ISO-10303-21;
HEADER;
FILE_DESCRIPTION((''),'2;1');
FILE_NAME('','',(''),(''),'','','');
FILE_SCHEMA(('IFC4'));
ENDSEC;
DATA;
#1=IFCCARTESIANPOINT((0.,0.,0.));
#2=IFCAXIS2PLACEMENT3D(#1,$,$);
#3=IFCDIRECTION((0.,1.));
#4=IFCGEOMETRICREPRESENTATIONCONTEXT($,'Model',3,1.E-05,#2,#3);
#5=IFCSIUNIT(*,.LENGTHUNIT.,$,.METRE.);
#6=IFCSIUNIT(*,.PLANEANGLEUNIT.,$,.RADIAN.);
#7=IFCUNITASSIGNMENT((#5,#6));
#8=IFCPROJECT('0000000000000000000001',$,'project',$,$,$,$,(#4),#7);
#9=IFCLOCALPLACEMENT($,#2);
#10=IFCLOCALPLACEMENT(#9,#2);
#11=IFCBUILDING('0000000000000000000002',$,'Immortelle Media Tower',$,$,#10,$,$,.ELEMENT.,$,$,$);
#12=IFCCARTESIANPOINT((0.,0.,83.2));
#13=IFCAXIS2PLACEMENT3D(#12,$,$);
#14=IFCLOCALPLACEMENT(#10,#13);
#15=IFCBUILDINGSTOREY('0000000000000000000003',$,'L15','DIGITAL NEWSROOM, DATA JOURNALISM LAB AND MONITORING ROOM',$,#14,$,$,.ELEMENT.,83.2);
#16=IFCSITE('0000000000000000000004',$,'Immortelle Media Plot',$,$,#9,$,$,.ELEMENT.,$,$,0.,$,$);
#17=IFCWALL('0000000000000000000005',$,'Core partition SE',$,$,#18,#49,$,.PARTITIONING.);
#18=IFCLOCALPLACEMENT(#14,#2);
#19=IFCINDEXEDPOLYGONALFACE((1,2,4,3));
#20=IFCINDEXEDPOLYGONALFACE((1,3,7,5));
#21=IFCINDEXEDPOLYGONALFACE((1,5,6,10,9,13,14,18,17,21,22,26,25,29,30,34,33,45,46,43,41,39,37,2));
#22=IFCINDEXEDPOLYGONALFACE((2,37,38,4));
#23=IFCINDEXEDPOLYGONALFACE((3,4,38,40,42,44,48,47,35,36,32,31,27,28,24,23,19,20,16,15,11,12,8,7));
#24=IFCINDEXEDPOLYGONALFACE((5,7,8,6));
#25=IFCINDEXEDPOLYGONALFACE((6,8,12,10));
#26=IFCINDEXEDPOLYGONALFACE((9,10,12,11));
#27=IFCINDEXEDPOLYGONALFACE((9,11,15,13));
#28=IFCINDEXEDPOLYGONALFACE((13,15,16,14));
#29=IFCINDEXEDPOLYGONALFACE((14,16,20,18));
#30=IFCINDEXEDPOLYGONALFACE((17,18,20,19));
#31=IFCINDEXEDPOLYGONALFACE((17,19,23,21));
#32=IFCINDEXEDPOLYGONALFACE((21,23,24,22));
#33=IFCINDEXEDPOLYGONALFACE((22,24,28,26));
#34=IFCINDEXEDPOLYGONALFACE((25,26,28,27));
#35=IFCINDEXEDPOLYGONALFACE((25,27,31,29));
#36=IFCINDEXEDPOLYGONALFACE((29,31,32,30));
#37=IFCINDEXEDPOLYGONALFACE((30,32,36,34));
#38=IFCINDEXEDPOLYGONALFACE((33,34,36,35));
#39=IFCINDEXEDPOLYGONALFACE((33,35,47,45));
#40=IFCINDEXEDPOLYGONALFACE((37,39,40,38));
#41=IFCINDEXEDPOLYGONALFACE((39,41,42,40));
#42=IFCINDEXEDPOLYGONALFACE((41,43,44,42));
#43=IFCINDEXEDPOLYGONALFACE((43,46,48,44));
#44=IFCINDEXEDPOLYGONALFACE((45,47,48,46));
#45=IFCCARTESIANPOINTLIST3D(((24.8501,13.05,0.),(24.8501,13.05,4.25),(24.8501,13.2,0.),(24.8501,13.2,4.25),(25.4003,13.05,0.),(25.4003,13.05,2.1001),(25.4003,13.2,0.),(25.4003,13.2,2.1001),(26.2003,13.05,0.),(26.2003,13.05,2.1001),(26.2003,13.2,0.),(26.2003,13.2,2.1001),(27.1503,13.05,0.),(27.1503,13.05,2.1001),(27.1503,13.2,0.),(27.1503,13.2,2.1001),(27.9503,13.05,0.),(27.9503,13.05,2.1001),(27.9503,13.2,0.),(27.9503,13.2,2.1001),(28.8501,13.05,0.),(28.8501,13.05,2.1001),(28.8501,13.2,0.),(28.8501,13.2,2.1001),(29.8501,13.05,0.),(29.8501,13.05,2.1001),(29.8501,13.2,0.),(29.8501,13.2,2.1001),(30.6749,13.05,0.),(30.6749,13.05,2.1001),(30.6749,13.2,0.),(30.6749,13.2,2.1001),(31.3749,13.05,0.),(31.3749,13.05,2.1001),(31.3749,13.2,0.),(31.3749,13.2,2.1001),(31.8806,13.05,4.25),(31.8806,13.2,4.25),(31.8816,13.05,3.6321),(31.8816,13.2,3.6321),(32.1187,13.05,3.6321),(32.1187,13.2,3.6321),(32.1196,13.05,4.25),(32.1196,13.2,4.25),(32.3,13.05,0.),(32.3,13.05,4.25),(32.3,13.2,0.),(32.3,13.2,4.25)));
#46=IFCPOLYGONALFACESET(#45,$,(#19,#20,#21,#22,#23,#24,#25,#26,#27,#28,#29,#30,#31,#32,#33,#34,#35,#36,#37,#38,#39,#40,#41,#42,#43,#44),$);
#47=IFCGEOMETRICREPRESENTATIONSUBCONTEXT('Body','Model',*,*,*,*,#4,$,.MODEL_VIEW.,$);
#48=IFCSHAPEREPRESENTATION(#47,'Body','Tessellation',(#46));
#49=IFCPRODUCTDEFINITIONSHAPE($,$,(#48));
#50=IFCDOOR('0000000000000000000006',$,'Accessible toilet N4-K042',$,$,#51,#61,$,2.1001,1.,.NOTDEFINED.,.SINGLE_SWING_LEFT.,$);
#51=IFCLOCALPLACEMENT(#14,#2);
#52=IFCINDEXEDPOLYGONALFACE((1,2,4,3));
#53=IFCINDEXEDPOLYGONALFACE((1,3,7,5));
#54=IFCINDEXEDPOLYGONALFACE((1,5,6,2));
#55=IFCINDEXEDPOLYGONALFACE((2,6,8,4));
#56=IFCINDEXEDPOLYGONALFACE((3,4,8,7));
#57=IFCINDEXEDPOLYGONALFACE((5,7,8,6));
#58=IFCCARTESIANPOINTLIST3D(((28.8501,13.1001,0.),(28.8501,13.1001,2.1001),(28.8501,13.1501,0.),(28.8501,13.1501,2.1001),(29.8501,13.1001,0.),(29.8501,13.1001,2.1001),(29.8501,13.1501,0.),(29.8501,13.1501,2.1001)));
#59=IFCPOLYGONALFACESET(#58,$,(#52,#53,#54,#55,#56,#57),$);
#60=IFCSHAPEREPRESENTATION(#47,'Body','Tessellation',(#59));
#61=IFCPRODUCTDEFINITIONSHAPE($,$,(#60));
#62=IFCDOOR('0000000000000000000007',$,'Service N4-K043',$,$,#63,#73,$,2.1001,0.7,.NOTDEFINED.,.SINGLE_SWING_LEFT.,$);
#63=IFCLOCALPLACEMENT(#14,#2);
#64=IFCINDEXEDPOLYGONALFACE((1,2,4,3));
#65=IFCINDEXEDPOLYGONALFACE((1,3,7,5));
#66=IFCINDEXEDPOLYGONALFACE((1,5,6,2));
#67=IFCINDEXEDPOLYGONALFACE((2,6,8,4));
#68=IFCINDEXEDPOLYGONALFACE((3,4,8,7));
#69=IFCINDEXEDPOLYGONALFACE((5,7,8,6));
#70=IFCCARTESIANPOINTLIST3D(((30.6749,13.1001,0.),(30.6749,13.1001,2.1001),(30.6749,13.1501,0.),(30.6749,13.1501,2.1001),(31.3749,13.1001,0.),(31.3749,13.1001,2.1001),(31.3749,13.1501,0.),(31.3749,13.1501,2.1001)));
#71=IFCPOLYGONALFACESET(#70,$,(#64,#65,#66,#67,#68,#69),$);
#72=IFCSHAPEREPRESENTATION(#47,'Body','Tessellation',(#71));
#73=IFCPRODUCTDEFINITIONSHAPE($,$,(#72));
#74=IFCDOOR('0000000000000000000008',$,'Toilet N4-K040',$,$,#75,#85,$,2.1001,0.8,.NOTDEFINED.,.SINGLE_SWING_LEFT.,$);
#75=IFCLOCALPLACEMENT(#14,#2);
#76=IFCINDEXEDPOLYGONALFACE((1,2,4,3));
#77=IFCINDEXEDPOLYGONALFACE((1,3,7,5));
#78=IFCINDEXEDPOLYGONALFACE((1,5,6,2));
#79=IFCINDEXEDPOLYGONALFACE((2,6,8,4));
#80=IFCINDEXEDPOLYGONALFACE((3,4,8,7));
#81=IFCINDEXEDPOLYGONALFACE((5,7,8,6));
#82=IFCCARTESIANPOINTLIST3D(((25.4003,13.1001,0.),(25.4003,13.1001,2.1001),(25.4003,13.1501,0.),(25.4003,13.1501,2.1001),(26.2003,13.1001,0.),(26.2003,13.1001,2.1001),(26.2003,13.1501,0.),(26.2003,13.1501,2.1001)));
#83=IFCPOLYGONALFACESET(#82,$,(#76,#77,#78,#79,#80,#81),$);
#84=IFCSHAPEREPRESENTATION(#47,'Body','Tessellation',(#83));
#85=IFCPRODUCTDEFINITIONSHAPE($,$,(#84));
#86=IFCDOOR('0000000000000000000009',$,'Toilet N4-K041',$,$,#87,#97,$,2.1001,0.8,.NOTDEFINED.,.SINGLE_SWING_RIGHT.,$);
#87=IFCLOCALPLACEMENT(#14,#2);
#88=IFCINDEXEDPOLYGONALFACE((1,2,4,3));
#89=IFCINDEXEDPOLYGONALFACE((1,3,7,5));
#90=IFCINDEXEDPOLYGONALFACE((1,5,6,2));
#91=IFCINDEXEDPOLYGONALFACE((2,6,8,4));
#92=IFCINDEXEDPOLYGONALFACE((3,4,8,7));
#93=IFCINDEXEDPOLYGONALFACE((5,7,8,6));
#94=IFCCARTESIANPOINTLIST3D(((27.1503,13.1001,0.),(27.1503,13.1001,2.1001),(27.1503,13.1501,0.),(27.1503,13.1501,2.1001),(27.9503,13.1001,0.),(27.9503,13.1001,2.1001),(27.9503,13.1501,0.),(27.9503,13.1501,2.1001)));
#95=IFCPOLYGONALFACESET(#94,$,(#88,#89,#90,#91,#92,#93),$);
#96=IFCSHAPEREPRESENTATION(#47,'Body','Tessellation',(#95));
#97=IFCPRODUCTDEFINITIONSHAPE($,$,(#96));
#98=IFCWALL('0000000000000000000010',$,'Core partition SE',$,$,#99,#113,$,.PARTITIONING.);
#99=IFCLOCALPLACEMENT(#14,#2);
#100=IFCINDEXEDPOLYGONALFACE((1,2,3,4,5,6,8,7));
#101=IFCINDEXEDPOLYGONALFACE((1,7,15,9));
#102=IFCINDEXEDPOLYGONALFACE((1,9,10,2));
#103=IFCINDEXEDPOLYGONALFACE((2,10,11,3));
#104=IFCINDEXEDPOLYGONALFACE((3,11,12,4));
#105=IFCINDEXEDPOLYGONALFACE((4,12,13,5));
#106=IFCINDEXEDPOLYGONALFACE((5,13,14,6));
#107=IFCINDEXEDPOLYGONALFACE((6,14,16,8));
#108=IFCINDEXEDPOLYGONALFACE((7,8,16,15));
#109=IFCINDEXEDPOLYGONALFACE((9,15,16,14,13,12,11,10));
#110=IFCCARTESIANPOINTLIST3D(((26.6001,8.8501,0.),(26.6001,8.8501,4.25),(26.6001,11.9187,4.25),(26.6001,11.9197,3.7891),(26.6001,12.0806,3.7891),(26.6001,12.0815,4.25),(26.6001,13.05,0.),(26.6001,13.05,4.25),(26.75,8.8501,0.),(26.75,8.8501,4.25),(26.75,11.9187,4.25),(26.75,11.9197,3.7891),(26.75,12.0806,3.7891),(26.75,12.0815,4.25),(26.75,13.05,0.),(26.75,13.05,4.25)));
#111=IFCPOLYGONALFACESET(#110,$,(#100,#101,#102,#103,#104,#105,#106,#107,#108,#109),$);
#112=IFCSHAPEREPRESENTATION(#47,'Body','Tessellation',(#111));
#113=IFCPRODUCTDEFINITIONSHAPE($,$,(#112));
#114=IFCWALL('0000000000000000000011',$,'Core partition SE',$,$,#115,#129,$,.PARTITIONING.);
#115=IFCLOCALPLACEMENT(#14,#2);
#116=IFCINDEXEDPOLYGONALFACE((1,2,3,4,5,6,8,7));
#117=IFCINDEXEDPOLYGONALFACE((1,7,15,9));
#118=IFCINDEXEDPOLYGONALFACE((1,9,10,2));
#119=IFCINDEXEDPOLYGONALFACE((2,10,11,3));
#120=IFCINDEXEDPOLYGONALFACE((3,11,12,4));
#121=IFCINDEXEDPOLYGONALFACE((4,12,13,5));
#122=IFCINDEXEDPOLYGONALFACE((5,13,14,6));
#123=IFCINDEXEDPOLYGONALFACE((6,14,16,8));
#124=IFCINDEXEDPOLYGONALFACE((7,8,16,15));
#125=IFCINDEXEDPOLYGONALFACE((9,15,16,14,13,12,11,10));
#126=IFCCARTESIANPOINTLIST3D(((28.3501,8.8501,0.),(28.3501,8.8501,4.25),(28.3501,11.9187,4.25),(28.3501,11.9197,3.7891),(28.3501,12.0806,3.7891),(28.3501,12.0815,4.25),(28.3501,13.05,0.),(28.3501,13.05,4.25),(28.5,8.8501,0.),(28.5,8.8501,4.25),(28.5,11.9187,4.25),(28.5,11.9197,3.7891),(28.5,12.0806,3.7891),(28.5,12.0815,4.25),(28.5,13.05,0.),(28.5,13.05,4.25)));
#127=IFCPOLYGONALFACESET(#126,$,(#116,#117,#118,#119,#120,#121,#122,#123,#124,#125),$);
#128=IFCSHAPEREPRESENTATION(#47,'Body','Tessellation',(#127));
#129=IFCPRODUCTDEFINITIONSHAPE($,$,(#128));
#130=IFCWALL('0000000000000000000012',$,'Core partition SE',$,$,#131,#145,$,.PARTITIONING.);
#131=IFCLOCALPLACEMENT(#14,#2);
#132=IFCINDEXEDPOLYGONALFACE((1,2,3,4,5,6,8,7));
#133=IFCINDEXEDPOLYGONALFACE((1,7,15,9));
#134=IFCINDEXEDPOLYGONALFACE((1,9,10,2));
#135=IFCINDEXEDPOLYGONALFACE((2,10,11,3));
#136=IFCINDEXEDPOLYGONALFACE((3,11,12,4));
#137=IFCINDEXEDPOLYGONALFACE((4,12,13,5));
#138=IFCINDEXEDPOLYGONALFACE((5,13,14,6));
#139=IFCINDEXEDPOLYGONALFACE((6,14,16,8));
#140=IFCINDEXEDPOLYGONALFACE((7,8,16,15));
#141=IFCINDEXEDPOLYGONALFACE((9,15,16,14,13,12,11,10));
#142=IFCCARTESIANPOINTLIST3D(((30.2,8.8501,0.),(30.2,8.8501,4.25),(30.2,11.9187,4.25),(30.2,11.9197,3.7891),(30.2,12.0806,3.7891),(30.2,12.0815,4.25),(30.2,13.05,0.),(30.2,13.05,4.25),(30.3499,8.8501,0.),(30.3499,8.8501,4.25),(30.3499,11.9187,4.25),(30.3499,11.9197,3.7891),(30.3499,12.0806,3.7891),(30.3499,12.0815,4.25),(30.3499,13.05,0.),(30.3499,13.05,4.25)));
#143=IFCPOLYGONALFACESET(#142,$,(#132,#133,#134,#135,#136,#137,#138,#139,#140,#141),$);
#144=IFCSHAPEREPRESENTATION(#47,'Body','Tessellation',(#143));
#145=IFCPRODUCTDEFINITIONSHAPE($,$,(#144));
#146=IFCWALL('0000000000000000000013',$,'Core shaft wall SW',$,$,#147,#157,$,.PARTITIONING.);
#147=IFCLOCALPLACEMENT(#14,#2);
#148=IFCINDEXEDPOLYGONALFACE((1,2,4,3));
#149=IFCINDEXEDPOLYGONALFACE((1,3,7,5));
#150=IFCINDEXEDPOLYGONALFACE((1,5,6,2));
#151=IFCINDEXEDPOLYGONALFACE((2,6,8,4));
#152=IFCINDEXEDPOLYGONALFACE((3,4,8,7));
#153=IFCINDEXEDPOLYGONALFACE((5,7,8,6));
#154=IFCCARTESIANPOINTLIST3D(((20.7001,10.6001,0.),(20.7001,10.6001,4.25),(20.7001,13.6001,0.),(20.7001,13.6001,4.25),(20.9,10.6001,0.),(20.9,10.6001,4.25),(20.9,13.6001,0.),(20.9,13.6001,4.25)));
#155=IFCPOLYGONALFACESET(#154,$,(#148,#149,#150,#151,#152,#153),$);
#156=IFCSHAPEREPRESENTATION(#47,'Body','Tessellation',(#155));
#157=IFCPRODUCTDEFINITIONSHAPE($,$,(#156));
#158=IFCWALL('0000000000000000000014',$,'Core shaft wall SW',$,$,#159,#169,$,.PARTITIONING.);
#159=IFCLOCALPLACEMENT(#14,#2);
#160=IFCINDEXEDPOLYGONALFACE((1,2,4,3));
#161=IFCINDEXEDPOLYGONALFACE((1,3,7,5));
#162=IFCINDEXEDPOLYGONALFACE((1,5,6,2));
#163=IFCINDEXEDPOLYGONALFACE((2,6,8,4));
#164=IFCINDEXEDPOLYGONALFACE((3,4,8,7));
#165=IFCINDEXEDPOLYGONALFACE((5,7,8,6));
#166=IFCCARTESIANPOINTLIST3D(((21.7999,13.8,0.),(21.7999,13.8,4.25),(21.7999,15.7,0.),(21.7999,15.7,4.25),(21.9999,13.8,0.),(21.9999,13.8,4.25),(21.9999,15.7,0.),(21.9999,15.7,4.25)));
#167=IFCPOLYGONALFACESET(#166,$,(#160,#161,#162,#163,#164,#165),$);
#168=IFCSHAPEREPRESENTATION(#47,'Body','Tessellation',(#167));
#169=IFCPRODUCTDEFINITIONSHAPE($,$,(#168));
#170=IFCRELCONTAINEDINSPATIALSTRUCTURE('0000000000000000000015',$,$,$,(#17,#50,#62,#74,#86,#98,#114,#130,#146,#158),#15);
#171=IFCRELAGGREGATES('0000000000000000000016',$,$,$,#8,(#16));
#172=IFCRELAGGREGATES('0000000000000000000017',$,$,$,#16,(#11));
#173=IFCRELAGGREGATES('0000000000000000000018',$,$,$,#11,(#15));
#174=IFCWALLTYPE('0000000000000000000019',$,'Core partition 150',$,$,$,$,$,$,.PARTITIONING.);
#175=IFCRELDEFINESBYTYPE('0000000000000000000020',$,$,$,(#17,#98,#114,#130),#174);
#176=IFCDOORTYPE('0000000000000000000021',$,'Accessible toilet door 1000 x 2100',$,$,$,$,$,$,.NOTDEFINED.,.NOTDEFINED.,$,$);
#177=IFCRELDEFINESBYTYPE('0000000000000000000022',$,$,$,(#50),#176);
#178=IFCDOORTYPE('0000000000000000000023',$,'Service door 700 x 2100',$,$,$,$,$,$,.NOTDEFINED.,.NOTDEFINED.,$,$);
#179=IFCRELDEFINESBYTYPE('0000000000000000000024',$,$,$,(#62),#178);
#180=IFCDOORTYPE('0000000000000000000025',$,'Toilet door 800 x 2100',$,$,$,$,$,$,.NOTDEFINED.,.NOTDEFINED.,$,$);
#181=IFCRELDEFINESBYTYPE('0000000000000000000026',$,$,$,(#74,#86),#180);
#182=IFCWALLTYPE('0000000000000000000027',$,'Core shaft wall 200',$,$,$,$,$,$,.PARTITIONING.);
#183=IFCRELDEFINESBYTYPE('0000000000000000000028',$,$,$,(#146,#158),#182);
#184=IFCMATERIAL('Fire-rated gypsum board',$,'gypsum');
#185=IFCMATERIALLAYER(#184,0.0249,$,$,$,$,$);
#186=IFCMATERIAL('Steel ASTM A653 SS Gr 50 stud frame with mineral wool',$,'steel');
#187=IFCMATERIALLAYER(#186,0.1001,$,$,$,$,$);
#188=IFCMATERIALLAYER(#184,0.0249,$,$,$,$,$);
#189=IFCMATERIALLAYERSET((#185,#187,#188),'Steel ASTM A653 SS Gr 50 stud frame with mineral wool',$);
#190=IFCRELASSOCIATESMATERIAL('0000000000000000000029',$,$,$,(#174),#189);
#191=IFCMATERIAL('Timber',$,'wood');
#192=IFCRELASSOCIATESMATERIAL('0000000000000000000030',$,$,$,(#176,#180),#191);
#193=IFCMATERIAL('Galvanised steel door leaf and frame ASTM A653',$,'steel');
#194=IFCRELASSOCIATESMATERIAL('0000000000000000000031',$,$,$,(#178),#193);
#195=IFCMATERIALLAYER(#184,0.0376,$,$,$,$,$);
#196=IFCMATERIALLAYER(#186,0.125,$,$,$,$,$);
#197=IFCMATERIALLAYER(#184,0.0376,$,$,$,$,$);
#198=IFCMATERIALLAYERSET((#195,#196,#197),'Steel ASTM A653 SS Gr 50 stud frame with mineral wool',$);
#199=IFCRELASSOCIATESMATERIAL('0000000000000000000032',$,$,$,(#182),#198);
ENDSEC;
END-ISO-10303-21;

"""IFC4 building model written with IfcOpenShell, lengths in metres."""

from ifc_helpers import new_model, si_unit, direction, frame, frame_2d, origin, place, context, subcontext, project, spatial, polyline, rectangle, outline, extrude, material, layer, layer_set, type_object, element, fill, save


model = new_model("IFC4")

# Units and contexts
model_context = context("Model", 3, precision=1e-05, world=origin(), true_north=direction((0.0, 1.0)))
body_context = subcontext(model_context, "Body", "Model", "MODEL_VIEW")
ifc_project = project(units=[si_unit("LENGTHUNIT", "METRE"), si_unit("PLANEANGLEUNIT", "RADIAN")], contexts=[model_context])

# Site, building, storey
site_placement = place(None, origin())
site = spatial("IfcSite", under=ifc_project, at=site_placement, Name="Immortelle Media Plot", CompositionType="ELEMENT", RefElevation=0.0)
building_placement = place(site_placement, origin())
building = spatial("IfcBuilding", under=site, at=building_placement, Name="Immortelle Media Tower", CompositionType="ELEMENT")
storey_placement = place(building_placement, frame((0.0, 0.0, 83.2)))
storey = spatial("IfcBuildingStorey", under=building, at=storey_placement, Name="L15", Description="DIGITAL NEWSROOM, DATA JOURNALISM LAB AND MONITORING ROOM", CompositionType="ELEMENT", Elevation=83.2)

# Wall, openings, doors
ifc_material_1 = material(Name="Fire-rated gypsum board", Category="gypsum")
ifc_layer_1 = layer(ifc_material_1, 0.0249)
ifc_material_2 = material(Name="Steel ASTM A653 SS Gr 50 stud frame with mineral wool", Category="steel")
ifc_layer_2 = layer(ifc_material_2, 0.1001)
ifc_layer_3 = layer(ifc_material_1, 0.0249)
ifc_layer_set_1 = layer_set([ifc_layer_1, ifc_layer_2, ifc_layer_3], Name="Steel ASTM A653 SS Gr 50 stud frame with mineral wool")
wall_type_1 = type_object("IfcWallType", Name="Core partition 150", PredefinedType="PARTITIONING", material=ifc_layer_set_1)
wall_1_placement = place(storey_placement, frame((24.8501, 13.125, 0.0), z_axis=(0.0, 0.0, 1.0), x_axis=(1.0, 0.0, 0.0)))
wall_1 = element("IfcWall", 1, at=wall_1_placement, inside=storey, type_object=wall_type_1, Name="Core partition SE", PredefinedType="PARTITIONING", context=body_context, shape_type="SweptSolid", body=[
    extrude(outline(polyline([(0.0, 0.0), (7.45, 0.0), (7.45, 4.25), (7.2695, 4.25), (7.2686, 3.6321), (7.0315, 3.6321), (7.0305, 4.25), (0.0, 4.25), (0.0, 0.0)])), frame((0.0, 0.075, 0.0), z_axis=(0.0, -1.0, 0.0), x_axis=(1.0, 0.0, 0.0)), (0.0, 0.0, 1.0), 0.1499),
])
opening_1_placement = place(wall_1_placement, frame((1.3501, 0.0, 0.0), z_axis=(0.0, 0.0, 1.0), x_axis=(-1.0, 0.0, 0.0)))
opening_1 = element("IfcOpeningElement", 2, at=opening_1_placement, cuts=wall_1, PredefinedType="OPENING", context=body_context, shape_type="SweptSolid", body=[
    extrude(rectangle(XDim=0.8, YDim=2.1001, at=frame_2d((0.3999, 1.05))), frame((0.0, 0.085, 0.0), z_axis=(0.0, -1.0, 0.0), x_axis=(1.0, 0.0, 0.0)), (0.0, 0.0, 1.0), 0.1699),
])
opening_2_placement = place(wall_1_placement, frame((3.1001, 0.0, 0.0), z_axis=(0.0, 0.0, 1.0), x_axis=(-1.0, 0.0, 0.0)))
opening_2 = element("IfcOpeningElement", 3, at=opening_2_placement, cuts=wall_1, PredefinedType="OPENING", context=body_context, shape_type="SweptSolid", body=[
    extrude(rectangle(XDim=0.8, YDim=2.1001, at=frame_2d((0.3999, 1.05))), frame((0.0, 0.085, 0.0), z_axis=(0.0, -1.0, 0.0), x_axis=(1.0, 0.0, 0.0)), (0.0, 0.0, 1.0), 0.1699),
])
opening_3_placement = place(wall_1_placement, frame((5.0, 0.0, 0.0), z_axis=(0.0, 0.0, 1.0), x_axis=(-1.0, 0.0, 0.0)))
opening_3 = element("IfcOpeningElement", 4, at=opening_3_placement, cuts=wall_1, PredefinedType="OPENING", context=body_context, shape_type="SweptSolid", body=[
    extrude(rectangle(XDim=1.0, YDim=2.1001, at=frame_2d((0.5, 1.05))), frame((0.0, 0.085, 0.0), z_axis=(0.0, -1.0, 0.0), x_axis=(1.0, 0.0, 0.0)), (0.0, 0.0, 1.0), 0.1699),
])
opening_4_placement = place(wall_1_placement, frame((6.5249, 0.0, 0.0), z_axis=(0.0, 0.0, 1.0), x_axis=(-1.0, 0.0, 0.0)))
opening_4 = element("IfcOpeningElement", 5, at=opening_4_placement, cuts=wall_1, PredefinedType="OPENING", context=body_context, shape_type="SweptSolid", body=[
    extrude(rectangle(XDim=0.7, YDim=2.1001, at=frame_2d((0.3501, 1.05))), frame((0.0, 0.085, 0.0), z_axis=(0.0, -1.0, 0.0), x_axis=(1.0, 0.0, 0.0)), (0.0, 0.0, 1.0), 0.1699),
])
ifc_material_3 = material(Name="Timber", Category="wood")
door_type_1 = type_object("IfcDoorType", Name="Accessible toilet door 1000 x 2100", OperationType="NOTDEFINED", PredefinedType="NOTDEFINED", material=ifc_material_3)
door_1_placement = place(opening_3_placement, origin())
door_1 = element("IfcDoor", 6, at=door_1_placement, inside=storey, type_object=door_type_1, Name="Accessible toilet N4-K042", OperationType="SINGLE_SWING_LEFT", OverallHeight=2.1001, OverallWidth=1.0, PredefinedType="NOTDEFINED", context=body_context, shape_type="SweptSolid", body=[
    extrude(rectangle(XDim=1.0, YDim=2.1001, at=frame_2d((0.5, 1.05))), frame((0.0, 0.0249, 0.0), z_axis=(0.0, -1.0, 0.0), x_axis=(1.0, 0.0, 0.0)), (0.0, 0.0, 1.0), 0.05),
])
fill(opening_3, door_1)
ifc_material_4 = material(Name="Galvanised steel door leaf and frame ASTM A653", Category="steel")
door_type_2 = type_object("IfcDoorType", Name="Service door 700 x 2100", OperationType="NOTDEFINED", PredefinedType="NOTDEFINED", material=ifc_material_4)
door_2_placement = place(opening_4_placement, origin())
door_2 = element("IfcDoor", 7, at=door_2_placement, inside=storey, type_object=door_type_2, Name="Service N4-K043", OperationType="SINGLE_SWING_LEFT", OverallHeight=2.1001, OverallWidth=0.7, PredefinedType="NOTDEFINED", context=body_context, shape_type="SweptSolid", body=[
    extrude(rectangle(XDim=0.7, YDim=2.1001, at=frame_2d((0.3501, 1.05))), frame((0.0, 0.0249, 0.0), z_axis=(0.0, -1.0, 0.0), x_axis=(1.0, 0.0, 0.0)), (0.0, 0.0, 1.0), 0.05),
])
fill(opening_4, door_2)
door_type_3 = type_object("IfcDoorType", Name="Toilet door 800 x 2100", OperationType="NOTDEFINED", PredefinedType="NOTDEFINED", material=ifc_material_3)
door_3_placement = place(opening_1_placement, origin())
door_3 = element("IfcDoor", 8, at=door_3_placement, inside=storey, type_object=door_type_3, Name="Toilet N4-K040", OperationType="SINGLE_SWING_LEFT", OverallHeight=2.1001, OverallWidth=0.8, PredefinedType="NOTDEFINED", context=body_context, shape_type="SweptSolid", body=[
    extrude(rectangle(XDim=0.8, YDim=2.1001, at=frame_2d((0.3999, 1.05))), frame((0.0, 0.0249, 0.0), z_axis=(0.0, -1.0, 0.0), x_axis=(1.0, 0.0, 0.0)), (0.0, 0.0, 1.0), 0.05),
])
fill(opening_1, door_3)
door_4_placement = place(opening_2_placement, origin())
door_4 = element("IfcDoor", 9, at=door_4_placement, inside=storey, type_object=door_type_3, Name="Toilet N4-K041", OperationType="SINGLE_SWING_RIGHT", OverallHeight=2.1001, OverallWidth=0.8, PredefinedType="NOTDEFINED", context=body_context, shape_type="SweptSolid", body=[
    extrude(rectangle(XDim=0.8, YDim=2.1001, at=frame_2d((0.3999, 1.05))), frame((0.0, 0.0249, 0.0), z_axis=(0.0, -1.0, 0.0), x_axis=(1.0, 0.0, 0.0)), (0.0, 0.0, 1.0), 0.05),
])
fill(opening_2, door_4)

# Walls
for number, where, z_axis, x_axis, name in (
    (10, (26.675, 8.8501, 0.0), (0.0, 0.0, 1.0), (0.0, 1.0, 0.0), "Core partition SE"),
    (11, (28.425, 8.8501, 0.0), (0.0, 0.0, 1.0), (0.0, 1.0, 0.0), "Core partition SE"),
    (12, (30.2749, 8.8501, 0.0), (0.0, 0.0, 1.0), (0.0, 1.0, 0.0), "Core partition SE"),
):
    element("IfcWall", number, at=place(storey_placement, frame(where, z_axis=z_axis, x_axis=x_axis)), inside=storey, type_object=wall_type_1, Name=name, PredefinedType="PARTITIONING", context=body_context, shape_type="SweptSolid", body=[
        extrude(outline(polyline([(0.0, 0.0), (4.2, 0.0), (4.2, 4.25), (3.2314, 4.25), (3.2305, 3.7891), (3.0696, 3.7891), (3.0686, 4.25), (0.0, 4.25), (0.0, 0.0)])), frame((0.0, 0.075, 0.0), z_axis=(0.0, -1.0, 0.0), x_axis=(1.0, 0.0, 0.0)), (0.0, 0.0, 1.0), 0.1499),
    ])
ifc_layer_4 = layer(ifc_material_1, 0.0376)
ifc_layer_5 = layer(ifc_material_2, 0.125)
ifc_layer_6 = layer(ifc_material_1, 0.0376)
ifc_layer_set_2 = layer_set([ifc_layer_4, ifc_layer_5, ifc_layer_6], Name="Steel ASTM A653 SS Gr 50 stud frame with mineral wool")
wall_type_2 = type_object("IfcWallType", Name="Core shaft wall 200", PredefinedType="PARTITIONING", material=ifc_layer_set_2)
wall_2_placement = place(storey_placement, frame((20.8, 10.6001, 0.0), z_axis=(0.0, 0.0, 1.0), x_axis=(0.0, 1.0, 0.0)))
element("IfcWall", 13, at=wall_2_placement, inside=storey, type_object=wall_type_2, Name="Core shaft wall SW", PredefinedType="PARTITIONING", context=body_context, shape_type="SweptSolid", body=[
    extrude(rectangle(XDim=3.0, YDim=0.2, at=frame_2d((1.5, 0.0))), origin(), (0.0, 0.0, 1.0), 4.25),
])
wall_3_placement = place(storey_placement, frame((21.8999, 13.8, 0.0), z_axis=(0.0, 0.0, 1.0), x_axis=(0.0, 1.0, 0.0)))
element("IfcWall", 14, at=wall_3_placement, inside=storey, type_object=wall_type_2, Name="Core shaft wall SW", PredefinedType="PARTITIONING", context=body_context, shape_type="SweptSolid", body=[
    extrude(rectangle(XDim=1.8999, YDim=0.2, at=frame_2d((0.95, 0.0))), origin(), (0.0, 0.0, 1.0), 4.25),
])

save(model, "model.ifc")
